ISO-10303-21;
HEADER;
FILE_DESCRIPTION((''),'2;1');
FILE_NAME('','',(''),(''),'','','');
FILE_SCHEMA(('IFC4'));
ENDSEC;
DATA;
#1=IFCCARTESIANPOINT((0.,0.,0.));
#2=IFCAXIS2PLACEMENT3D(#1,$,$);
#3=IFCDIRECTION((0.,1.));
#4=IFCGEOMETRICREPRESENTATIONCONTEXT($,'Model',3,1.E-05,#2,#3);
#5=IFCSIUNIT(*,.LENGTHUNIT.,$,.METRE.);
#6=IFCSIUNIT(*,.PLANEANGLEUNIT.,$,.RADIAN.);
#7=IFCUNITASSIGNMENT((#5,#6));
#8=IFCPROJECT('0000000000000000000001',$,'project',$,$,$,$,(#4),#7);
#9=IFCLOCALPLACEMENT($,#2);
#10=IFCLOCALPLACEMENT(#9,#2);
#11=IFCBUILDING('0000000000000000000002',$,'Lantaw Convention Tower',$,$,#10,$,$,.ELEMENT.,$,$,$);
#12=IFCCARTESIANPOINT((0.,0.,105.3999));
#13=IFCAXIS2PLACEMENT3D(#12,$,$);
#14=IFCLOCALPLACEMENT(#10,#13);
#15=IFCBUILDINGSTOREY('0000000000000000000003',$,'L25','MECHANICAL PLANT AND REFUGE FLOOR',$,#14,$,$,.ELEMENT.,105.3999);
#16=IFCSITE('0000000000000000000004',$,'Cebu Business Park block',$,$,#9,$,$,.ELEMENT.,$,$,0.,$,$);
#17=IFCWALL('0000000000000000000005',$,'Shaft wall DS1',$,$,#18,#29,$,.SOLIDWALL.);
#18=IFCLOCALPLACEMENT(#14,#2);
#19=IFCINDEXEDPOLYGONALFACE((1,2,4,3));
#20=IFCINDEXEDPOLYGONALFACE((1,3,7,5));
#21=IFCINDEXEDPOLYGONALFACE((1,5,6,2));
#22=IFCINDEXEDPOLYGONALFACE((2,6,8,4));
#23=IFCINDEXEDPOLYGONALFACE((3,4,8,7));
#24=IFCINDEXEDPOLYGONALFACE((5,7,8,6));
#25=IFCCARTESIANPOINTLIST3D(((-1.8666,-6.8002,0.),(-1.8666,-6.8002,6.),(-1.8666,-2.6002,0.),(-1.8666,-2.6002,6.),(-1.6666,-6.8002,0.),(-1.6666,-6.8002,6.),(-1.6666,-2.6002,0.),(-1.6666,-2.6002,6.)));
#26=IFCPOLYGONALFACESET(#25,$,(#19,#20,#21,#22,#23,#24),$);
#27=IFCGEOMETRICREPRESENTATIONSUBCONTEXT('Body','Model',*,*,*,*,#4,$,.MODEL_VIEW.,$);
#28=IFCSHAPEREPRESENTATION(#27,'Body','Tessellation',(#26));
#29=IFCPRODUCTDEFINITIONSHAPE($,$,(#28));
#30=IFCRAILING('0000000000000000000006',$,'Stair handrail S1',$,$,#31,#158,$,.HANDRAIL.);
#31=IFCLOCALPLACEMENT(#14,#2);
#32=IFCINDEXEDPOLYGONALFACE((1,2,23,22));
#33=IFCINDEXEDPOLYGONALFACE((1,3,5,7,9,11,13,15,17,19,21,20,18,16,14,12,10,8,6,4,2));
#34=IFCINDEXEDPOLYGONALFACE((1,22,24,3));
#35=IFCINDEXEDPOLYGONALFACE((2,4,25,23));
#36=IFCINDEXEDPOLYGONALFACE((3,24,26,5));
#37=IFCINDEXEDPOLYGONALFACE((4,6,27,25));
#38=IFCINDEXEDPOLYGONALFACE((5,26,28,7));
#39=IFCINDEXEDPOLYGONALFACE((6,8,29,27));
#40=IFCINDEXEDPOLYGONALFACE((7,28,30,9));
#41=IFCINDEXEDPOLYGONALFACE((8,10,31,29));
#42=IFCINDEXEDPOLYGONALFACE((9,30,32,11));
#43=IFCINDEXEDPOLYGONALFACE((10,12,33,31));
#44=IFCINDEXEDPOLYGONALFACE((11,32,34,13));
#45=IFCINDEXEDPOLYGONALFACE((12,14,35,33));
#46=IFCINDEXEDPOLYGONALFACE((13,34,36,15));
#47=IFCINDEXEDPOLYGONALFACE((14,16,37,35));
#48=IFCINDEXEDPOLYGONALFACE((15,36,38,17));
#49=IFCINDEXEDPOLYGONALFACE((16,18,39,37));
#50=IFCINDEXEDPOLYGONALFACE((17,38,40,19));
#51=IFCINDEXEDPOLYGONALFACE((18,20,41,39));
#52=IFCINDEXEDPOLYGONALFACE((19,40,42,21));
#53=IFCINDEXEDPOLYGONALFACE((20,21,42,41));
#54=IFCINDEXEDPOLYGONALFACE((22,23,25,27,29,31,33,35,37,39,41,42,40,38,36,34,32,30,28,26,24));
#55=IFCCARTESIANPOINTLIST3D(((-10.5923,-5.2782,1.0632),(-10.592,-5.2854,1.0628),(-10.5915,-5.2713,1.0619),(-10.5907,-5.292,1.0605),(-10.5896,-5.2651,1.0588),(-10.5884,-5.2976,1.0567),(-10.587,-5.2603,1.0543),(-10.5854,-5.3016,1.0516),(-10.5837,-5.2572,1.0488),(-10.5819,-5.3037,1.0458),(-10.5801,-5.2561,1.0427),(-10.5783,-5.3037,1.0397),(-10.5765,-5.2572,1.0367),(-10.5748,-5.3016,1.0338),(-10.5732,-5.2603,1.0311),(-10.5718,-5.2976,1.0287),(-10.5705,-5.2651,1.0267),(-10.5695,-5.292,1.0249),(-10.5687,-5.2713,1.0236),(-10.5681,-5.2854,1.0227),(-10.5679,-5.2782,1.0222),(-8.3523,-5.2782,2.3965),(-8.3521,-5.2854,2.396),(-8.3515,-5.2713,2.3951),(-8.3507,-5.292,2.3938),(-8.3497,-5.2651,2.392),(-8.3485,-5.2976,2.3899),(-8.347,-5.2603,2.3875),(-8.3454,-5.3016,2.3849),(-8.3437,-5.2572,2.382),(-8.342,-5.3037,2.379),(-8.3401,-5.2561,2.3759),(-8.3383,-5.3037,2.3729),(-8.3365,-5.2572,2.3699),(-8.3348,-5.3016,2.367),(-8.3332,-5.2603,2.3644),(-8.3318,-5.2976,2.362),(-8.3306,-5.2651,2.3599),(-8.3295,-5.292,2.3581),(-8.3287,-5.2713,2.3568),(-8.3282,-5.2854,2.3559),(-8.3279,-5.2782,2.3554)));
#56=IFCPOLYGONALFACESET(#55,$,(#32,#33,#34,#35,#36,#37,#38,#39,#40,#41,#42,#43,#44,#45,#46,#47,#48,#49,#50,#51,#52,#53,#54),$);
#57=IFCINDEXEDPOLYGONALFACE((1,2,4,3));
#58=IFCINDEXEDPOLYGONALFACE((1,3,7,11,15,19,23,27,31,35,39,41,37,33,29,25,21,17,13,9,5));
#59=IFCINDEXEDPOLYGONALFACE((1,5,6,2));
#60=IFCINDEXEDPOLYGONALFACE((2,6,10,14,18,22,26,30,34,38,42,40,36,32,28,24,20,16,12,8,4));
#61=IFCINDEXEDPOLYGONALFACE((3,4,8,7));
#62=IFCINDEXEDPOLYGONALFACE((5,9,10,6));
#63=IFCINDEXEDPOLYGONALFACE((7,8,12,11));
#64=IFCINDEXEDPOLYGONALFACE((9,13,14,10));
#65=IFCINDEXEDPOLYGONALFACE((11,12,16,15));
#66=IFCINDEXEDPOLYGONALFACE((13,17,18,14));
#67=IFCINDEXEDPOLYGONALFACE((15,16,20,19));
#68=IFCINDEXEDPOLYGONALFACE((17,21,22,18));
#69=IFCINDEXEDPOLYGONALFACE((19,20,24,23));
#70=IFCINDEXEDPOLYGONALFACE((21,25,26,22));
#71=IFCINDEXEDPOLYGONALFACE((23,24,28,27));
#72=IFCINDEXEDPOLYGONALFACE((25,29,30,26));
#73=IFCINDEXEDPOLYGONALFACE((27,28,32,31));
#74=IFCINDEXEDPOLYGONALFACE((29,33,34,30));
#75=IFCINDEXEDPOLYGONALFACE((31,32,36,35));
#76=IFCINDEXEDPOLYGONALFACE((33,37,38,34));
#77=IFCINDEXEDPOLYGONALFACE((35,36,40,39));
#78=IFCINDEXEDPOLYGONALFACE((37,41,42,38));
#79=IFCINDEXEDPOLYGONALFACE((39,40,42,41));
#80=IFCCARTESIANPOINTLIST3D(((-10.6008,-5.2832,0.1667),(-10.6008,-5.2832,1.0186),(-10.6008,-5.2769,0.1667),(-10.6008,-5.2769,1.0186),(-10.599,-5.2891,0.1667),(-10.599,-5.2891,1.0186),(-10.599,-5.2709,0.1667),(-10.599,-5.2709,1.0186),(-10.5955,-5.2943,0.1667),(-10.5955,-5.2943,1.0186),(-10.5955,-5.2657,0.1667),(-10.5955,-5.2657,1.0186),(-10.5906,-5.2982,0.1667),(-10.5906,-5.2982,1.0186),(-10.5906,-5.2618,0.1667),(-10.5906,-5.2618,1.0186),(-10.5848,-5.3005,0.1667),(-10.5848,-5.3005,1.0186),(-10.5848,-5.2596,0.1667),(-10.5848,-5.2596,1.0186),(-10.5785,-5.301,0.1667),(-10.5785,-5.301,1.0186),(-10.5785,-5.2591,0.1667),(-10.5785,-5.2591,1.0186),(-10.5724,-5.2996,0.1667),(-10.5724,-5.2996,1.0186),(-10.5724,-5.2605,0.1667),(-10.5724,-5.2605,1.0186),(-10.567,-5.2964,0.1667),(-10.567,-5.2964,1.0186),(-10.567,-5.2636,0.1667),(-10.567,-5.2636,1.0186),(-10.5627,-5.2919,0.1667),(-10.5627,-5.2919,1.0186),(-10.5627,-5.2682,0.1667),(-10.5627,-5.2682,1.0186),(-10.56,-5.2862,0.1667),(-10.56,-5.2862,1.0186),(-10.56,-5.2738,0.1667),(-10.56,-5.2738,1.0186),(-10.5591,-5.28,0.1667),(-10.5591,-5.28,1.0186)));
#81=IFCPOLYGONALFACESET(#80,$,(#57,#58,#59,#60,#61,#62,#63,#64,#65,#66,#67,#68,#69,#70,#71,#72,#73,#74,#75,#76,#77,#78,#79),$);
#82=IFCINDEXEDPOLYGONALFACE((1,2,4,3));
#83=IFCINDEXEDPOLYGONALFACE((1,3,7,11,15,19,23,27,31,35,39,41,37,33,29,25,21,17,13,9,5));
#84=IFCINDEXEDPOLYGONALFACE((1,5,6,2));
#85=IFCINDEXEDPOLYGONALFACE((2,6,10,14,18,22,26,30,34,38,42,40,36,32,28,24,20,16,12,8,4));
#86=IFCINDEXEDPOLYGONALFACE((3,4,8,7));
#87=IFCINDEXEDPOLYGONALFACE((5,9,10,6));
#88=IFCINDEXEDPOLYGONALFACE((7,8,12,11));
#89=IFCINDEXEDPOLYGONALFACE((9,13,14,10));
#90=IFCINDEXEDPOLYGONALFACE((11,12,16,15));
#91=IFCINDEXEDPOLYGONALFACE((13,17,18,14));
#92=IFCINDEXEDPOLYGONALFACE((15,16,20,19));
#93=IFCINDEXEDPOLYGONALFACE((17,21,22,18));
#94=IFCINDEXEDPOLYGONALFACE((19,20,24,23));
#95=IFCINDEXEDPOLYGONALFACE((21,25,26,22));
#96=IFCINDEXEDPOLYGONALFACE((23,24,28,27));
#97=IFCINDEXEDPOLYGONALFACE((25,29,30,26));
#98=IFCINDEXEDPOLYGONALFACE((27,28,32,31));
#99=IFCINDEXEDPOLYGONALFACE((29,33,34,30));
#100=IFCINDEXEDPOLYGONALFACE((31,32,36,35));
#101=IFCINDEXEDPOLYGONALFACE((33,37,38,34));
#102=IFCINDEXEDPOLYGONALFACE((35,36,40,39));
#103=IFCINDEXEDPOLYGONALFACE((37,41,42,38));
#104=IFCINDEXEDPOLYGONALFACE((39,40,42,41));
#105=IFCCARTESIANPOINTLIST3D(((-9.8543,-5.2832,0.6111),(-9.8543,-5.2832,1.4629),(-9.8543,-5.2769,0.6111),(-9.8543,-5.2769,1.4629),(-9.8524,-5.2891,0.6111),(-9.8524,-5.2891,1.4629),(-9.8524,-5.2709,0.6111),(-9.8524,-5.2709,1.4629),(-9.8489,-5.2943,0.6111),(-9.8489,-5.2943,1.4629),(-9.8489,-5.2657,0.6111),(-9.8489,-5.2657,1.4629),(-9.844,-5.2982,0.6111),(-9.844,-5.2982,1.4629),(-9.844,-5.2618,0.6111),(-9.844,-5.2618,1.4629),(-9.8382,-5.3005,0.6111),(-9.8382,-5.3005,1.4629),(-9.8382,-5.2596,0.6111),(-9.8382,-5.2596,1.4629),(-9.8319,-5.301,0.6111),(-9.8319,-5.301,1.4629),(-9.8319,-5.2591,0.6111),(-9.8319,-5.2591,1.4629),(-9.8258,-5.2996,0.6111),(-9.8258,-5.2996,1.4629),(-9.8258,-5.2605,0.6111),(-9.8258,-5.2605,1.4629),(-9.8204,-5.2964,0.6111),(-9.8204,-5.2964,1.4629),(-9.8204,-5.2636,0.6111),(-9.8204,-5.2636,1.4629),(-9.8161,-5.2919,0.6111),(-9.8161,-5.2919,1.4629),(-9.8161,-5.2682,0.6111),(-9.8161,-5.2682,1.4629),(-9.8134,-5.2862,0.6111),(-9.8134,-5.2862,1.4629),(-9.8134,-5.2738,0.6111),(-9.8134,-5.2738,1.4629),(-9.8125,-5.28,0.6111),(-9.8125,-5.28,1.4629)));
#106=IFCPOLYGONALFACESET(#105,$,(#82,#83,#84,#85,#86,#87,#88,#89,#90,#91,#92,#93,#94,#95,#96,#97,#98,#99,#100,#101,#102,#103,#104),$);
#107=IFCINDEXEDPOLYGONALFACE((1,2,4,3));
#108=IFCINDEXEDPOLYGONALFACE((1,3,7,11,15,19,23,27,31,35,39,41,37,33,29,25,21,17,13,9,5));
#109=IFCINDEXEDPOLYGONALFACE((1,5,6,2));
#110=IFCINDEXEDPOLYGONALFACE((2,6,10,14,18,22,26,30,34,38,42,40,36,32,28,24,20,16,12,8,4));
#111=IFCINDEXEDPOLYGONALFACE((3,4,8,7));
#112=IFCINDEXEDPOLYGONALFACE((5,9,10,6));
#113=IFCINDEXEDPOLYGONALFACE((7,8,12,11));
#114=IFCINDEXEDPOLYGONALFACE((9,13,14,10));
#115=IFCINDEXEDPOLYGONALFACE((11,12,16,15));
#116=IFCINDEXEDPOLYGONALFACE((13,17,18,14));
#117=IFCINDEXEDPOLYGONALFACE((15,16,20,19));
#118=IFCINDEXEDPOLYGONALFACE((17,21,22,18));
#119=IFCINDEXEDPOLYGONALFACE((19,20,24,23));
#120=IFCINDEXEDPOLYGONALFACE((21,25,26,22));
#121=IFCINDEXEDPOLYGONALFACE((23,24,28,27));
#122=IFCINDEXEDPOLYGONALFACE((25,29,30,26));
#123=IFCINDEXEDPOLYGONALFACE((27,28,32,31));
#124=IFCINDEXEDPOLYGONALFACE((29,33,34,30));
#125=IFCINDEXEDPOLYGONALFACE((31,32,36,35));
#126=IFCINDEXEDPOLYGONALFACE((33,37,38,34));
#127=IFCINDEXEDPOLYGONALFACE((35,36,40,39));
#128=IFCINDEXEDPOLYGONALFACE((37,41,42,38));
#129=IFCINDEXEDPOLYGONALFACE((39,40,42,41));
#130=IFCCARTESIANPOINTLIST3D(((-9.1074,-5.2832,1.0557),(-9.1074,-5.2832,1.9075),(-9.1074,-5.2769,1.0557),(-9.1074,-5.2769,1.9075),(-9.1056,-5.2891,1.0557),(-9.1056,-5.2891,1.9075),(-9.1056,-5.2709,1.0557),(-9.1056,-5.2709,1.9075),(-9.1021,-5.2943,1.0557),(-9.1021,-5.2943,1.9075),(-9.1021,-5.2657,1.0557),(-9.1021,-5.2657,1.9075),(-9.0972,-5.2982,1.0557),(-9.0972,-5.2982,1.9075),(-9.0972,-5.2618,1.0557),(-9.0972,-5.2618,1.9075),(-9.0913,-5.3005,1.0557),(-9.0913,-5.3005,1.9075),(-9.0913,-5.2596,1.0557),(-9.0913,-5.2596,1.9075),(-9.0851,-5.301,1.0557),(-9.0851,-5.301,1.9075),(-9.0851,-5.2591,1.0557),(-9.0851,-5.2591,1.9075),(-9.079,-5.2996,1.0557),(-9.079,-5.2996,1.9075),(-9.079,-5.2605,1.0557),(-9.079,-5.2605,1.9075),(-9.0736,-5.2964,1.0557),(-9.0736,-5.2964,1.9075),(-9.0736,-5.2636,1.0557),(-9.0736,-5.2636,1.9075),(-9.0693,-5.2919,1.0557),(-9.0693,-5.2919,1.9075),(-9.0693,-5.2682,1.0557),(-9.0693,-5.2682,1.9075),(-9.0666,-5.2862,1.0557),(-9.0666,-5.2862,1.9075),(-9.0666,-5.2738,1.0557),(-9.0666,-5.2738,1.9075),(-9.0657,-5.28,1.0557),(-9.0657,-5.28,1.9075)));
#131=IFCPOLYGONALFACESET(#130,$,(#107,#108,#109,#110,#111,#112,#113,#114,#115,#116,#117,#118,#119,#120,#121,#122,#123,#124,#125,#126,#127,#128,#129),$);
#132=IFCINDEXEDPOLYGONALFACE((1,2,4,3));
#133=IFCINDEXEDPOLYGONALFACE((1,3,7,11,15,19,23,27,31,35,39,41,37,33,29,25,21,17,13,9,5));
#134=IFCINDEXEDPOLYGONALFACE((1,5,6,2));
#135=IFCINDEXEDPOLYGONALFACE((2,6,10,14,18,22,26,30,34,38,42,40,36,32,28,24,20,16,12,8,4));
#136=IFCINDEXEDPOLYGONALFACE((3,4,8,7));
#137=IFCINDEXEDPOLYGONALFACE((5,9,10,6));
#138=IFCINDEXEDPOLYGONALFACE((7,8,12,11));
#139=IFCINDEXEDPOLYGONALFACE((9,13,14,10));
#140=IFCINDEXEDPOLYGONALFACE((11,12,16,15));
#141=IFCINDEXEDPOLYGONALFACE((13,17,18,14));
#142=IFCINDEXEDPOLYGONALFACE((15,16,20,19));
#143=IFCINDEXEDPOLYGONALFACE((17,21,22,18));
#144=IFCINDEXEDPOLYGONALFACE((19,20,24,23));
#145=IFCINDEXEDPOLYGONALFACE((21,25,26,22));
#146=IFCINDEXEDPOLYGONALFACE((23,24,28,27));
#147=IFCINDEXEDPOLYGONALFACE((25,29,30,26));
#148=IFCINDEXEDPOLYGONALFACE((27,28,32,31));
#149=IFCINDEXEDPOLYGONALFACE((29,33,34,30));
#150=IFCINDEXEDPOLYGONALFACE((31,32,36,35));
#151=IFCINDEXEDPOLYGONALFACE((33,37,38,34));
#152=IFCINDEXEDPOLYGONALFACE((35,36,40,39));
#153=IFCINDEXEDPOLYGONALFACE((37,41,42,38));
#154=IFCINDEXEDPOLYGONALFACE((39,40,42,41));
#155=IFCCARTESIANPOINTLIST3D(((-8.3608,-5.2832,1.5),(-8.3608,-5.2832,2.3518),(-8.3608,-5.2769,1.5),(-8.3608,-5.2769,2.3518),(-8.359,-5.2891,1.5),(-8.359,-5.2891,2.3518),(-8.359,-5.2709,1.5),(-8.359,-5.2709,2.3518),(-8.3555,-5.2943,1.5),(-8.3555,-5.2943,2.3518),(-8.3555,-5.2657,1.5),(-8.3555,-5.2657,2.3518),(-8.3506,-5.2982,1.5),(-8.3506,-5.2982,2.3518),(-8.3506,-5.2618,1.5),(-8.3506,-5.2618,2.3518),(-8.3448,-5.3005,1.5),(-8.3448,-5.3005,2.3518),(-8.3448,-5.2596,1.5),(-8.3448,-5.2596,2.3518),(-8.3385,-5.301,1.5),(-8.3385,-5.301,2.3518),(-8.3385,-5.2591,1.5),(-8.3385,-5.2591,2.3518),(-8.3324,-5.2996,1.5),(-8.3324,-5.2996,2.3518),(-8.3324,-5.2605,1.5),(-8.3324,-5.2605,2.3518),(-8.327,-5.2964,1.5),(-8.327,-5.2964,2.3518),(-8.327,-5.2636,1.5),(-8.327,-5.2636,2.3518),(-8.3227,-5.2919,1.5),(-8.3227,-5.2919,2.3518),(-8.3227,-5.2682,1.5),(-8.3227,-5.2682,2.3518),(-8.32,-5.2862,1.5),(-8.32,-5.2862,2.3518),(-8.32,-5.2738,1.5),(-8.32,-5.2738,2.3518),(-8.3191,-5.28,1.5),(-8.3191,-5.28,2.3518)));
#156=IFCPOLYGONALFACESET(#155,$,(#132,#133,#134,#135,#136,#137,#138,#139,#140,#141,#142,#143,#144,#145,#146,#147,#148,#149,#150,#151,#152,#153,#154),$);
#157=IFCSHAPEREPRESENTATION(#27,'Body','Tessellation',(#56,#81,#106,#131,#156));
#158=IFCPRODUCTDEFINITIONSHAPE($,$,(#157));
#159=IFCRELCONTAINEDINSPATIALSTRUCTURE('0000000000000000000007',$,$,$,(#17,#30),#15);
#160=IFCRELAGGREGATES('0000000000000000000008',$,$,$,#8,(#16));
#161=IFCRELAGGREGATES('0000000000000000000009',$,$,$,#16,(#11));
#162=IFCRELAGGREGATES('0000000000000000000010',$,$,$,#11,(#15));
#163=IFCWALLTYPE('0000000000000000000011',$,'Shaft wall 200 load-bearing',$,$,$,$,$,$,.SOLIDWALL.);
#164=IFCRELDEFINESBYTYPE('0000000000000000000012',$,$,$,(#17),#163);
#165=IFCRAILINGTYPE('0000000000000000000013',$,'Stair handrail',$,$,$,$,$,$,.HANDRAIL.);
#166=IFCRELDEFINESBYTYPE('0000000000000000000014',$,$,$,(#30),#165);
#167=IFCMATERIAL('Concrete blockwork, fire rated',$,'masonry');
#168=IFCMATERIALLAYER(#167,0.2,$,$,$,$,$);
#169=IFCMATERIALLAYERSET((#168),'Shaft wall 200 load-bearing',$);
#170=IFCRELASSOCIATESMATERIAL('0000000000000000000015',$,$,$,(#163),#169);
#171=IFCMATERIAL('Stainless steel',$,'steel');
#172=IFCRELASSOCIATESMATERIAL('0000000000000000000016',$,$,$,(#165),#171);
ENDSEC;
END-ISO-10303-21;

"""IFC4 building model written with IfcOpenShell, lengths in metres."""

from ifc_helpers import new_model, si_unit, direction, frame, frame_2d, origin, origin_2d, place, context, subcontext, project, spatial, rectangle, circle, extrude, material, layer, layer_set, type_object, element, save


model = new_model("IFC4")

# Units and contexts
model_context = context("Model", 3, precision=1e-05, world=origin(), true_north=direction((0.0, 1.0)))
body_context = subcontext(model_context, "Body", "Model", "MODEL_VIEW")
ifc_project = project(units=[si_unit("LENGTHUNIT", "METRE"), si_unit("PLANEANGLEUNIT", "RADIAN")], contexts=[model_context])

# Site, building, storey
site_placement = place(None, origin())
site = spatial("IfcSite", under=ifc_project, at=site_placement, Name="Cebu Business Park block", CompositionType="ELEMENT", RefElevation=0.0)
building_placement = place(site_placement, origin())
building = spatial("IfcBuilding", under=site, at=building_placement, Name="Lantaw Convention Tower", CompositionType="ELEMENT")
storey_placement = place(building_placement, frame((0.0, 0.0, 105.3999)))
storey = spatial("IfcBuildingStorey", under=building, at=storey_placement, Name="L25", Description="MECHANICAL PLANT AND REFUGE FLOOR", CompositionType="ELEMENT", Elevation=105.3999)

# Wall
ifc_material_1 = material(Name="Concrete blockwork, fire rated", Category="masonry")
ifc_layer_1 = layer(ifc_material_1, 0.2)
ifc_layer_set_1 = layer_set([ifc_layer_1], Name="Shaft wall 200 load-bearing")
wall_type_1 = type_object("IfcWallType", Name="Shaft wall 200 load-bearing", PredefinedType="SOLIDWALL", material=ifc_layer_set_1)
wall_1_placement = place(storey_placement, frame((-1.7666, -2.6001, 0.0), z_axis=(0.0, 0.0, 1.0), x_axis=(0.0, -1.0, 0.0)))
element("IfcWall", 1, at=wall_1_placement, inside=storey, type_object=wall_type_1, Name="Shaft wall DS1", PredefinedType="SOLIDWALL", context=body_context, shape_type="SweptSolid", body=[
    extrude(rectangle(XDim=4.2, YDim=0.2, at=frame_2d((2.1001, 0.0))), origin(), (0.0, 0.0, 1.0), 6.0),
])

# Railing
ifc_material_2 = material(Name="Stainless steel", Category="steel")
railing_type = type_object("IfcRailingType", Name="Stair handrail", PredefinedType="HANDRAIL", material=ifc_material_2)
railing_1_placement = place(storey_placement, frame((-10.5801, -5.28, 0.1667)))
element("IfcRailing", 2, at=railing_1_placement, inside=storey, type_object=railing_type, Name="Stair handrail S1", PredefinedType="HANDRAIL", context=body_context, shape_type="SweptSolid", body=[
    extrude(circle(Radius=0.0239, at=origin_2d()), frame((0.0, 0.0, 0.876), z_axis=(0.859306, 0.0, 0.511462), x_axis=(0.0, 1.0, 0.0)), (0.0, 0.0, 1.0), 2.6067),
    extrude(circle(Radius=0.021, at=origin_2d()), origin(), (0.0, 0.0, 1.0), 0.8518),
    extrude(circle(Radius=0.021, at=origin_2d()), frame((0.7466, 0.0, 0.4443)), (0.0, 0.0, 1.0), 0.8518),
    extrude(circle(Radius=0.021, at=origin_2d()), frame((1.4934, 0.0, 0.8889)), (0.0, 0.0, 1.0), 0.8518),
    extrude(circle(Radius=0.021, at=origin_2d()), frame((2.24, 0.0, 1.3333)), (0.0, 0.0, 1.0), 0.8518),
])

save(model, "model.ifc")
